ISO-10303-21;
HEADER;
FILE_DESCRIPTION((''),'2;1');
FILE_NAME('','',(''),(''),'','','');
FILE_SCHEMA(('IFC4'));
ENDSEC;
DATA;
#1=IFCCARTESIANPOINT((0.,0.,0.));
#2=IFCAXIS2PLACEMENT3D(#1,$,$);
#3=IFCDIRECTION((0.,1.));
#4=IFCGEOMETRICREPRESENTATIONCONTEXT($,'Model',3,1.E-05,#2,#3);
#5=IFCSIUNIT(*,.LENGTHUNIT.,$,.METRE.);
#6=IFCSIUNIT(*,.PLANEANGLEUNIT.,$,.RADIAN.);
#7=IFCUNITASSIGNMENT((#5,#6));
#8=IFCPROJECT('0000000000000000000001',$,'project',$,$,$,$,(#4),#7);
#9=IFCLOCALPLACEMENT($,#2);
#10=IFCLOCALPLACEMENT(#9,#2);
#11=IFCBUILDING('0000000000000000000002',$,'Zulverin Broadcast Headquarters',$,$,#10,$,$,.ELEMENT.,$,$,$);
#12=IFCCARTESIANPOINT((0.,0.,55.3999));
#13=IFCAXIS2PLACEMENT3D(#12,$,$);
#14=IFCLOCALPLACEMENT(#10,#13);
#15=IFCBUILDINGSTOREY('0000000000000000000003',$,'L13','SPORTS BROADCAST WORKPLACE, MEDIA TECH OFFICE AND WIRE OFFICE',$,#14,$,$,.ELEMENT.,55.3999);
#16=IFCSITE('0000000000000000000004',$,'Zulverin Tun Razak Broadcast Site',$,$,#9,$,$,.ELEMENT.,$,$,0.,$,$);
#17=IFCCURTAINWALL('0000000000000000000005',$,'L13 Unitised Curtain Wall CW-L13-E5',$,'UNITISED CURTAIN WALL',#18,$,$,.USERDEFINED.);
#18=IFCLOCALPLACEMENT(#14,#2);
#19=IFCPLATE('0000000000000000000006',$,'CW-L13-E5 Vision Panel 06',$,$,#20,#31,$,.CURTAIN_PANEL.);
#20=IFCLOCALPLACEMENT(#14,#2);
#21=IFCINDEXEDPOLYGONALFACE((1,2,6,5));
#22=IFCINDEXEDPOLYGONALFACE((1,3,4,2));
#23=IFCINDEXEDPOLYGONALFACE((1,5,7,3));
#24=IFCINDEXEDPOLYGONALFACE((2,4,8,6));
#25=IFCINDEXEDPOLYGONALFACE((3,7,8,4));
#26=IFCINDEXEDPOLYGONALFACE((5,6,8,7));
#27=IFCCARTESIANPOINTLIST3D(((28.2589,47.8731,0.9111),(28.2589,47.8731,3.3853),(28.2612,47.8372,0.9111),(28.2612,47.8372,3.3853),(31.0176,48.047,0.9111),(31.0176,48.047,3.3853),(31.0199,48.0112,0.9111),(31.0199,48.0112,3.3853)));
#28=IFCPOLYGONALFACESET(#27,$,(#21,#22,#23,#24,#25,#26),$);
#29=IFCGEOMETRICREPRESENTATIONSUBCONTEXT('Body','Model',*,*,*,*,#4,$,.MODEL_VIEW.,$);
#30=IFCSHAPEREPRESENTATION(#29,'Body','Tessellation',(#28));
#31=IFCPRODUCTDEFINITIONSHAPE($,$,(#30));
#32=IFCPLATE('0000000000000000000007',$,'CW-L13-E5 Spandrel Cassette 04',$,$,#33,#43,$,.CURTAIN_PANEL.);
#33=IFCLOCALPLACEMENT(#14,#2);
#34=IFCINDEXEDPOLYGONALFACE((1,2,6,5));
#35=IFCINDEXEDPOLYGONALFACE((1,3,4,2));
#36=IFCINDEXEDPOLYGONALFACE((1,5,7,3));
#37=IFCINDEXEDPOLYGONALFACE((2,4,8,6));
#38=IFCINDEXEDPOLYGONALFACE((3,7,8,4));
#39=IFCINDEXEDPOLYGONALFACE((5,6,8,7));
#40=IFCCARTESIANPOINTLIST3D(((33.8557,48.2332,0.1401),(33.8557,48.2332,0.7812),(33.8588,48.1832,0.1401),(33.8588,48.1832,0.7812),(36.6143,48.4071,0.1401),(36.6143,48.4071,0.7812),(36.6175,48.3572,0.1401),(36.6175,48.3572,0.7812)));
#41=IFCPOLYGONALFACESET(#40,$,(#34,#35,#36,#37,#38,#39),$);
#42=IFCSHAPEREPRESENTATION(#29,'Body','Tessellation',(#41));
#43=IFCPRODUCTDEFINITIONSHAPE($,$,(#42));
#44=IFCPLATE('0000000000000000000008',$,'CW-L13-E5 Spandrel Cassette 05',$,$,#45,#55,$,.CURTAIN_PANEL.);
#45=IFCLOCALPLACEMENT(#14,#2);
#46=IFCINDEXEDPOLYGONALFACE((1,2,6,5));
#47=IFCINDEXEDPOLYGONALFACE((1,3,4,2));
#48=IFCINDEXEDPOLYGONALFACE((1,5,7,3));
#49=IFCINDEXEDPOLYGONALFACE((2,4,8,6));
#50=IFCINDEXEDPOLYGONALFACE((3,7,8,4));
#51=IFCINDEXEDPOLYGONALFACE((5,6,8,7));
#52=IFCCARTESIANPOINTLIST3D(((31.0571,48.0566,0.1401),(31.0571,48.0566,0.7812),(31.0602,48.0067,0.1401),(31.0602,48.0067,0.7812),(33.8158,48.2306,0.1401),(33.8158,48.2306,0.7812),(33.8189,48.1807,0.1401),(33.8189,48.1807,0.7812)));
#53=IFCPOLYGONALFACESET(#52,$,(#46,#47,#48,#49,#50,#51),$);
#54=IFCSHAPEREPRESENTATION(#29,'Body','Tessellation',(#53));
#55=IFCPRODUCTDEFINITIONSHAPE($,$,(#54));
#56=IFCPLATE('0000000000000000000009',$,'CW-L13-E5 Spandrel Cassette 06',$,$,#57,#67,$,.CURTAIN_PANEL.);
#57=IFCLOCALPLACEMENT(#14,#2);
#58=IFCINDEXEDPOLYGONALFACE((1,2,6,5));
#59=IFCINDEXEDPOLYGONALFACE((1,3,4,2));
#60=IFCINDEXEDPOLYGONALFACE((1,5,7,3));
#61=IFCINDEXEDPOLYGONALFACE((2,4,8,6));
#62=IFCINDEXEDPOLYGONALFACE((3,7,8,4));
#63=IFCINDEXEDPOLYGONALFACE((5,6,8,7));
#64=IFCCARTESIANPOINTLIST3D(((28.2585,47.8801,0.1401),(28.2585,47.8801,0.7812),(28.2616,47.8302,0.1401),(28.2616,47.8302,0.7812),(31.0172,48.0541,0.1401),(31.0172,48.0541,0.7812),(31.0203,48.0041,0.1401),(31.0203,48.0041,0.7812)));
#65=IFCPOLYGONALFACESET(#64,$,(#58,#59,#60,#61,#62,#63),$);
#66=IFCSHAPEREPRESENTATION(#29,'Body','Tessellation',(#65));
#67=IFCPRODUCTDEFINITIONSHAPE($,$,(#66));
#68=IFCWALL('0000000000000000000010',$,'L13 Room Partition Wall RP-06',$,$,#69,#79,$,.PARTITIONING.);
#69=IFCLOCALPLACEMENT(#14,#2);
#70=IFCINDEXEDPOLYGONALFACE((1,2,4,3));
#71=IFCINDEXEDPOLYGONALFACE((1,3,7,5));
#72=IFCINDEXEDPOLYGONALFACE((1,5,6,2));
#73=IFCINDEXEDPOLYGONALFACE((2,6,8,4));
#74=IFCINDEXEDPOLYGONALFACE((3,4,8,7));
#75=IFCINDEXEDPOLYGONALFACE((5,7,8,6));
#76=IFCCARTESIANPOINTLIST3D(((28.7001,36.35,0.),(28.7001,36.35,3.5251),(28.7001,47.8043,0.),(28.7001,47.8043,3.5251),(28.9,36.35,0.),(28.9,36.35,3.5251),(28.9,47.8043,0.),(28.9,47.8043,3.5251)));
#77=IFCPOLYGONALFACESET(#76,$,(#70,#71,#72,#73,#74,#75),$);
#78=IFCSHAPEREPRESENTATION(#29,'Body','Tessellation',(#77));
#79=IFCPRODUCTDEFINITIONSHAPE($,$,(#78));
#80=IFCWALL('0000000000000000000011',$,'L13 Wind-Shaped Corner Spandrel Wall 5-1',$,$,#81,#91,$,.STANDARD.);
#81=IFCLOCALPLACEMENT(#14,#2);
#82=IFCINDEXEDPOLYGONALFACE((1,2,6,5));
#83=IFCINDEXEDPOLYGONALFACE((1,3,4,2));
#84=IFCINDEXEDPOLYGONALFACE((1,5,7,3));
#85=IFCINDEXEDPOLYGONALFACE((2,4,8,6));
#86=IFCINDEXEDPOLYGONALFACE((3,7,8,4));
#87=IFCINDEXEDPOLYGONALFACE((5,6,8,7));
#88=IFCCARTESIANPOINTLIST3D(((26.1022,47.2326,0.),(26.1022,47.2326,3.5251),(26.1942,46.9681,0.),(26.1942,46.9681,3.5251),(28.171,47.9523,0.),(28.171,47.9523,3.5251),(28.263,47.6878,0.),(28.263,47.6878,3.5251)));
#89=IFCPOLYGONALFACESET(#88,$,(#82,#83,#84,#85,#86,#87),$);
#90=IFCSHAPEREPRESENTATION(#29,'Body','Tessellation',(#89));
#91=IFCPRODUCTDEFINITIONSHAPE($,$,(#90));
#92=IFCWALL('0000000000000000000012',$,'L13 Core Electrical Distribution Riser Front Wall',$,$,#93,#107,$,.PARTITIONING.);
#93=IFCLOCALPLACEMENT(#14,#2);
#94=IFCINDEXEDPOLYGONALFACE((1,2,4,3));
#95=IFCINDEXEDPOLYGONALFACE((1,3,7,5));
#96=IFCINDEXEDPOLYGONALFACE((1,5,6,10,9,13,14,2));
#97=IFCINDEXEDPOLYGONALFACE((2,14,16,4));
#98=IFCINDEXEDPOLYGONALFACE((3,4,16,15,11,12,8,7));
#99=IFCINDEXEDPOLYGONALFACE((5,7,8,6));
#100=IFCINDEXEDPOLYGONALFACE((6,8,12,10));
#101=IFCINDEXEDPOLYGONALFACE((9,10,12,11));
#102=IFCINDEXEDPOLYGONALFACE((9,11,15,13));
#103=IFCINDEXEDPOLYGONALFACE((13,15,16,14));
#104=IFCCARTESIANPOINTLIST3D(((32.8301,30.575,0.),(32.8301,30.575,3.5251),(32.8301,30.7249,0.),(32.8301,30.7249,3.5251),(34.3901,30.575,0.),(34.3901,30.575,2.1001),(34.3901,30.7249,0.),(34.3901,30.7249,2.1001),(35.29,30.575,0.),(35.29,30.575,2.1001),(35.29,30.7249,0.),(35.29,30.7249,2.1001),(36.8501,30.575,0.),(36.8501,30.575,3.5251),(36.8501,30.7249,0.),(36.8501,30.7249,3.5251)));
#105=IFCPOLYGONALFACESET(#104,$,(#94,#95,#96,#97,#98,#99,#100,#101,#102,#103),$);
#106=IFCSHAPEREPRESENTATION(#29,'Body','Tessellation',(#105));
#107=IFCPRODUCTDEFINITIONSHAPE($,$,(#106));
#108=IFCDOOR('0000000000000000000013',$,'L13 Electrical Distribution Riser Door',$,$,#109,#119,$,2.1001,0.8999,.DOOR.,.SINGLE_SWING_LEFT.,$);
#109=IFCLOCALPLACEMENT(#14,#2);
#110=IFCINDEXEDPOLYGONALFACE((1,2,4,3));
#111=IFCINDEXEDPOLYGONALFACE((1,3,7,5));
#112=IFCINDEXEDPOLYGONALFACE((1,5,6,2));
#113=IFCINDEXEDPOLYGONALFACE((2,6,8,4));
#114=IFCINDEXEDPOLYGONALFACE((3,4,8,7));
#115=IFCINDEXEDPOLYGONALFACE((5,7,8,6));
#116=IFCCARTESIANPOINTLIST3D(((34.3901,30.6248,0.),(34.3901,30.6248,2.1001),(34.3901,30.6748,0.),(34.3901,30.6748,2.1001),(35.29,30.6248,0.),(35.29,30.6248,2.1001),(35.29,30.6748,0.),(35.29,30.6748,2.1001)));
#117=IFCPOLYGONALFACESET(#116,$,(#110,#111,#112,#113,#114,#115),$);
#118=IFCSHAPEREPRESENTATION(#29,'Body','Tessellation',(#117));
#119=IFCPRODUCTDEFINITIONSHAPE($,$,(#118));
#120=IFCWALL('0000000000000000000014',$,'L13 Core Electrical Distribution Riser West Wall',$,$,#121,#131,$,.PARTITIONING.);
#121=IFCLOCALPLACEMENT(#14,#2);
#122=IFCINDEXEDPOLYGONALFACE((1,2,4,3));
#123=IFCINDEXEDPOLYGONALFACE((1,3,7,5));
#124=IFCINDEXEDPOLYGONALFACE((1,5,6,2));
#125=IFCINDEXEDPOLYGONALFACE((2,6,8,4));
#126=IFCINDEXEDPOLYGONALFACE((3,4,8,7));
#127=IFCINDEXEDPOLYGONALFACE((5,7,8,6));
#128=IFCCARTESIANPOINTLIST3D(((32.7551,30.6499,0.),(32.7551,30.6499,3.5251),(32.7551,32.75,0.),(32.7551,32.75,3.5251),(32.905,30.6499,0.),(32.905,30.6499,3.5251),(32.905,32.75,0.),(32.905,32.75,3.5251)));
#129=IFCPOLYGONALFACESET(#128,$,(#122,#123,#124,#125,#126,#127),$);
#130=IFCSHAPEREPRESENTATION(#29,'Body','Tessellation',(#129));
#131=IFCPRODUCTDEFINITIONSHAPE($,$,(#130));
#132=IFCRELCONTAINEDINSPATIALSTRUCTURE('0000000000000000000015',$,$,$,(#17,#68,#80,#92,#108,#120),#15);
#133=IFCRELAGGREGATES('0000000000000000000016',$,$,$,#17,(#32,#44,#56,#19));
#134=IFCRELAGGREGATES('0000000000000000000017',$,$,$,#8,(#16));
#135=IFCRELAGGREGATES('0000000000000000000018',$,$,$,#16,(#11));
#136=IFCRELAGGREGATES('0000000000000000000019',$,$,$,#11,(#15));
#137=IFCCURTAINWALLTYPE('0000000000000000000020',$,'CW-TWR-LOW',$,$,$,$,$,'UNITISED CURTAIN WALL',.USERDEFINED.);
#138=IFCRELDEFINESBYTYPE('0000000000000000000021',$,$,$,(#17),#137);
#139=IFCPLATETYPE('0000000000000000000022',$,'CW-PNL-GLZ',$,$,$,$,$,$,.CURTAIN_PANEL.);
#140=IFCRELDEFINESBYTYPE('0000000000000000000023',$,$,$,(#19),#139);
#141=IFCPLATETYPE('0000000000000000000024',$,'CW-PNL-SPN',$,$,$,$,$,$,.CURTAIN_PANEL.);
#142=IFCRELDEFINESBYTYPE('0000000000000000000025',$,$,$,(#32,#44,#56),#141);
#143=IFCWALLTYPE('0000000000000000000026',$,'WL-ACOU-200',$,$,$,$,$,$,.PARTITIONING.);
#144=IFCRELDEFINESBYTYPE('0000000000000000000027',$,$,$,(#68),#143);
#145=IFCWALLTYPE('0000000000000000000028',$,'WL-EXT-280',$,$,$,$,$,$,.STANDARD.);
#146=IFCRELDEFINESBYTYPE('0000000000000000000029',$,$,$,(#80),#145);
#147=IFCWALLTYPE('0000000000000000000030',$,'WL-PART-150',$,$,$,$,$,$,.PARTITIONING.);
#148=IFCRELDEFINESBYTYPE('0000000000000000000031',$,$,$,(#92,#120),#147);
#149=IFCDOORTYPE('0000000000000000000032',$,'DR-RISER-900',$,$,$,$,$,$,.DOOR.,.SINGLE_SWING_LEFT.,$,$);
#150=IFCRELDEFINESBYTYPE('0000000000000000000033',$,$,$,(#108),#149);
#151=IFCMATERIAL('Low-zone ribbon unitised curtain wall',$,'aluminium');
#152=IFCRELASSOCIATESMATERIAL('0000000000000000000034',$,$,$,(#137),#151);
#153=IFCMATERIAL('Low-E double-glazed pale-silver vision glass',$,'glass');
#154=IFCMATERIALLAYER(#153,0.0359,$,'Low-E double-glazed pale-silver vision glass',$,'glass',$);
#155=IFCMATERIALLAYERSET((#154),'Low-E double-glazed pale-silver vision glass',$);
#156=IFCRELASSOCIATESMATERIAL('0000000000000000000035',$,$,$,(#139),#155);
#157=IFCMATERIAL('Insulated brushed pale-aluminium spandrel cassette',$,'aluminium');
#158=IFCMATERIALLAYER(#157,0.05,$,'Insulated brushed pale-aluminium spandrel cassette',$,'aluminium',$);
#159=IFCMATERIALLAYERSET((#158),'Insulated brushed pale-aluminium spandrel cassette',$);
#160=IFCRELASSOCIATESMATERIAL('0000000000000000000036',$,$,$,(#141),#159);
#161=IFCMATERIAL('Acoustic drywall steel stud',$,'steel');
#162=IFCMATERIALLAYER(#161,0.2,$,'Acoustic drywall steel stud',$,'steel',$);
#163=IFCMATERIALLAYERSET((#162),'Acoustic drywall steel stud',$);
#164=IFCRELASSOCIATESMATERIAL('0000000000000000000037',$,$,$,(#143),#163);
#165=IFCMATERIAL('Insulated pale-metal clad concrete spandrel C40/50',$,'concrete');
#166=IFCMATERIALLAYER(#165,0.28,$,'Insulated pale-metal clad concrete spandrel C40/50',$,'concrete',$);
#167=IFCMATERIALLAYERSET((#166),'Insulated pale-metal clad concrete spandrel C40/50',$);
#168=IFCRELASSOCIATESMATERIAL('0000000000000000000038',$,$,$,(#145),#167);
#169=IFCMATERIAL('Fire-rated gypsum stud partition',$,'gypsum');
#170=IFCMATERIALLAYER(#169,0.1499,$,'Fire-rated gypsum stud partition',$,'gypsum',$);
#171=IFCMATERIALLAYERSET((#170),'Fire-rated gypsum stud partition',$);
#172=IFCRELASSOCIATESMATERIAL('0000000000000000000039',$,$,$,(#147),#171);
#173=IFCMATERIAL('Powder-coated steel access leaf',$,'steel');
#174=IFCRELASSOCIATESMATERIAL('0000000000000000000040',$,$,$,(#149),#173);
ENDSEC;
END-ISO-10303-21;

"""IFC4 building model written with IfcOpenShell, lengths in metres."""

from ifc_helpers import new_model, si_unit, direction, frame, frame_2d, origin, origin_2d, place, context, subcontext, project, spatial, rectangle, extrude, material, layer, layer_set, type_object, element, fill, aggregate, save


model = new_model("IFC4")

# Units and contexts
model_context = context("Model", 3, precision=1e-05, world=origin(), true_north=direction((0.0, 1.0)))
body_context = subcontext(model_context, "Body", "Model", "MODEL_VIEW")
ifc_project = project(units=[si_unit("LENGTHUNIT", "METRE"), si_unit("PLANEANGLEUNIT", "RADIAN")], contexts=[model_context])

# Site, building, storey
site_placement = place(None, origin())
site = spatial("IfcSite", under=ifc_project, at=site_placement, Name="Zulverin Tun Razak Broadcast Site", CompositionType="ELEMENT", RefElevation=0.0)
building_placement = place(site_placement, origin())
building = spatial("IfcBuilding", under=site, at=building_placement, Name="Zulverin Broadcast Headquarters", CompositionType="ELEMENT")
storey_placement = place(building_placement, frame((0.0, 0.0, 55.3999)))
storey = spatial("IfcBuildingStorey", under=building, at=storey_placement, Name="L13", Description="SPORTS BROADCAST WORKPLACE, MEDIA TECH OFFICE AND WIRE OFFICE", CompositionType="ELEMENT", Elevation=55.3999)

# Curtain wall, plates
ifc_material_1 = material(Name="Low-zone ribbon unitised curtain wall", Category="aluminium")
curtain_wall_type = type_object("IfcCurtainWallType", Name="CW-TWR-LOW", ElementType="UNITISED CURTAIN WALL", PredefinedType="USERDEFINED", material=ifc_material_1)
curtain_wall_placement = place(storey_placement, origin())
curtain_wall = element("IfcCurtainWall", 1, at=curtain_wall_placement, inside=storey, type_object=curtain_wall_type, Name="L13 Unitised Curtain Wall CW-L13-E5", ObjectType="UNITISED CURTAIN WALL", PredefinedType="USERDEFINED")
ifc_material_2 = material(Name="Low-E double-glazed pale-silver vision glass", Category="glass")
ifc_layer_1 = layer(ifc_material_2, 0.0359, Name="Low-E double-glazed pale-silver vision glass", Category="glass")
ifc_layer_set_1 = layer_set([ifc_layer_1], Name="Low-E double-glazed pale-silver vision glass")
plate_type_1 = type_object("IfcPlateType", Name="CW-PNL-GLZ", PredefinedType="CURTAIN_PANEL", material=ifc_layer_set_1)
plate_1_placement = place(storey_placement, frame((29.6394, 47.9421, 0.9111), z_axis=(0.0, 0.0, 1.0), x_axis=(-0.998018, -0.062935, 0.0)))
plate_1 = element("IfcPlate", 2, at=plate_1_placement, type_object=plate_type_1, Name="CW-L13-E5 Vision Panel 06", PredefinedType="CURTAIN_PANEL", context=body_context, shape_type="SweptSolid", body=[
    extrude(rectangle(XDim=2.7642, YDim=0.0359, at=origin_2d()), origin(), (0.0, 0.0, 1.0), 2.4741),
])
ifc_material_3 = material(Name="Insulated brushed pale-aluminium spandrel cassette", Category="aluminium")
ifc_layer_2 = layer(ifc_material_3, 0.05, Name="Insulated brushed pale-aluminium spandrel cassette", Category="aluminium")
ifc_layer_set_2 = layer_set([ifc_layer_2], Name="Insulated brushed pale-aluminium spandrel cassette")
plate_type_2 = type_object("IfcPlateType", Name="CW-PNL-SPN", PredefinedType="CURTAIN_PANEL", material=ifc_layer_set_2)
plate_2_placement = place(storey_placement, frame((35.2366, 48.2952, 0.1401), z_axis=(0.0, 0.0, 1.0), x_axis=(-0.998018, -0.062935, 0.0)))
plate_2 = element("IfcPlate", 3, at=plate_2_placement, type_object=plate_type_2, Name="CW-L13-E5 Spandrel Cassette 04", PredefinedType="CURTAIN_PANEL", context=body_context, shape_type="SweptSolid", body=[
    extrude(rectangle(XDim=2.7642, YDim=0.05, at=origin_2d()), origin(), (0.0, 0.0, 1.0), 0.6411),
])
plate_3_placement = place(storey_placement, frame((32.438, 48.1187, 0.1401), z_axis=(0.0, 0.0, 1.0), x_axis=(-0.998018, -0.062935, 0.0)))
plate_3 = element("IfcPlate", 4, at=plate_3_placement, type_object=plate_type_2, Name="CW-L13-E5 Spandrel Cassette 05", PredefinedType="CURTAIN_PANEL", context=body_context, shape_type="SweptSolid", body=[
    extrude(rectangle(XDim=2.7642, YDim=0.05, at=origin_2d()), origin(), (0.0, 0.0, 1.0), 0.6411),
])
plate_4_placement = place(storey_placement, frame((29.6394, 47.9421, 0.1401), z_axis=(0.0, 0.0, 1.0), x_axis=(-0.998018, -0.062935, 0.0)))
plate_4 = element("IfcPlate", 5, at=plate_4_placement, type_object=plate_type_2, Name="CW-L13-E5 Spandrel Cassette 06", PredefinedType="CURTAIN_PANEL", context=body_context, shape_type="SweptSolid", body=[
    extrude(rectangle(XDim=2.7642, YDim=0.05, at=origin_2d()), origin(), (0.0, 0.0, 1.0), 0.6411),
])
aggregate(curtain_wall, [plate_2, plate_3, plate_4, plate_1])

# Walls
ifc_material_4 = material(Name="Acoustic drywall steel stud", Category="steel")
ifc_layer_3 = layer(ifc_material_4, 0.2, Name="Acoustic drywall steel stud", Category="steel")
ifc_layer_set_3 = layer_set([ifc_layer_3], Name="Acoustic drywall steel stud")
wall_type_1 = type_object("IfcWallType", Name="WL-ACOU-200", PredefinedType="PARTITIONING", material=ifc_layer_set_3)
wall_1_placement = place(storey_placement, frame((28.8, 36.3501, 0.0), z_axis=(0.0, 0.0, 1.0), x_axis=(0.0, 1.0, 0.0)))
element("IfcWall", 6, at=wall_1_placement, inside=storey, type_object=wall_type_1, Name="L13 Room Partition Wall RP-06", PredefinedType="PARTITIONING", context=body_context, shape_type="SweptSolid", body=[
    extrude(rectangle(XDim=11.4543, YDim=0.2, at=frame_2d((5.7271, 0.0))), origin(), (0.0, 0.0, 1.0), 3.5251),
])
ifc_material_5 = material(Name="Insulated pale-metal clad concrete spandrel C40/50", Category="concrete")
ifc_layer_4 = layer(ifc_material_5, 0.28, Name="Insulated pale-metal clad concrete spandrel C40/50", Category="concrete")
ifc_layer_set_4 = layer_set([ifc_layer_4], Name="Insulated pale-metal clad concrete spandrel C40/50")
wall_type_2 = type_object("IfcWallType", Name="WL-EXT-280", PredefinedType="STANDARD", material=ifc_layer_set_4)
wall_2_placement = place(storey_placement, frame((28.217, 47.8201, 0.0), z_axis=(0.0, 0.0, 1.0), x_axis=(-0.944479, -0.328572, 0.0)))
element("IfcWall", 7, at=wall_2_placement, inside=storey, type_object=wall_type_2, Name="L13 Wind-Shaped Corner Spandrel Wall 5-1", PredefinedType="STANDARD", context=body_context, shape_type="SweptSolid", body=[
    extrude(rectangle(XDim=2.1904, YDim=0.28, at=frame_2d((1.0952, 0.0))), origin(), (0.0, 0.0, 1.0), 3.5251),
])

# Wall, opening, door
ifc_material_6 = material(Name="Fire-rated gypsum stud partition", Category="gypsum")
ifc_layer_5 = layer(ifc_material_6, 0.1499, Name="Fire-rated gypsum stud partition", Category="gypsum")
ifc_layer_set_5 = layer_set([ifc_layer_5], Name="Fire-rated gypsum stud partition")
wall_type_3 = type_object("IfcWallType", Name="WL-PART-150", PredefinedType="PARTITIONING", material=ifc_layer_set_5)
wall_3_placement = place(storey_placement, frame((32.8301, 30.6499, 0.0), z_axis=(0.0, 0.0, 1.0), x_axis=(1.0, 0.0, 0.0)))
wall_3 = element("IfcWall", 8, at=wall_3_placement, inside=storey, type_object=wall_type_3, Name="L13 Core Electrical Distribution Riser Front Wall", PredefinedType="PARTITIONING", context=body_context, shape_type="SweptSolid", body=[
    extrude(rectangle(XDim=4.02, YDim=0.1499, at=frame_2d((2.01, 0.0))), origin(), (0.0, 0.0, 1.0), 3.5251),
])
opening_placement = place(wall_3_placement, frame((1.5601, 0.0, 0.0)))
opening = element("IfcOpeningElement", 9, at=opening_placement, cuts=wall_3, PredefinedType="OPENING", context=body_context, shape_type="SweptSolid", body=[
    extrude(rectangle(XDim=0.8999, YDim=2.1001, at=frame_2d((0.45, 1.05))), frame((0.0, 0.085, 0.0), z_axis=(0.0, -1.0, 0.0), x_axis=(1.0, 0.0, 0.0)), (0.0, 0.0, 1.0), 0.1699),
])
ifc_material_7 = material(Name="Powder-coated steel access leaf", Category="steel")
door_type = type_object("IfcDoorType", Name="DR-RISER-900", OperationType="SINGLE_SWING_LEFT", PredefinedType="DOOR", material=ifc_material_7)
door_placement = place(opening_placement, origin())
door = element("IfcDoor", 10, at=door_placement, inside=storey, type_object=door_type, Name="L13 Electrical Distribution Riser Door", OperationType="SINGLE_SWING_LEFT", OverallHeight=2.1001, OverallWidth=0.8999, PredefinedType="DOOR", context=body_context, shape_type="SweptSolid", body=[
    extrude(rectangle(XDim=0.8999, YDim=2.1001, at=frame_2d((0.45, 1.05))), frame((0.0, 0.0249, 0.0), z_axis=(0.0, -1.0, 0.0), x_axis=(1.0, 0.0, 0.0)), (0.0, 0.0, 1.0), 0.05),
])
fill(opening, door)

# Wall
wall_4_placement = place(storey_placement, frame((32.8301, 30.6499, 0.0), z_axis=(0.0, 0.0, 1.0), x_axis=(0.0, 1.0, 0.0)))
element("IfcWall", 11, at=wall_4_placement, inside=storey, type_object=wall_type_3, Name="L13 Core Electrical Distribution Riser West Wall", PredefinedType="PARTITIONING", context=body_context, shape_type="SweptSolid", body=[
    extrude(rectangle(XDim=2.1001, YDim=0.1499, at=frame_2d((1.05, 0.0))), origin(), (0.0, 0.0, 1.0), 3.5251),
])

save(model, "model.ifc")
